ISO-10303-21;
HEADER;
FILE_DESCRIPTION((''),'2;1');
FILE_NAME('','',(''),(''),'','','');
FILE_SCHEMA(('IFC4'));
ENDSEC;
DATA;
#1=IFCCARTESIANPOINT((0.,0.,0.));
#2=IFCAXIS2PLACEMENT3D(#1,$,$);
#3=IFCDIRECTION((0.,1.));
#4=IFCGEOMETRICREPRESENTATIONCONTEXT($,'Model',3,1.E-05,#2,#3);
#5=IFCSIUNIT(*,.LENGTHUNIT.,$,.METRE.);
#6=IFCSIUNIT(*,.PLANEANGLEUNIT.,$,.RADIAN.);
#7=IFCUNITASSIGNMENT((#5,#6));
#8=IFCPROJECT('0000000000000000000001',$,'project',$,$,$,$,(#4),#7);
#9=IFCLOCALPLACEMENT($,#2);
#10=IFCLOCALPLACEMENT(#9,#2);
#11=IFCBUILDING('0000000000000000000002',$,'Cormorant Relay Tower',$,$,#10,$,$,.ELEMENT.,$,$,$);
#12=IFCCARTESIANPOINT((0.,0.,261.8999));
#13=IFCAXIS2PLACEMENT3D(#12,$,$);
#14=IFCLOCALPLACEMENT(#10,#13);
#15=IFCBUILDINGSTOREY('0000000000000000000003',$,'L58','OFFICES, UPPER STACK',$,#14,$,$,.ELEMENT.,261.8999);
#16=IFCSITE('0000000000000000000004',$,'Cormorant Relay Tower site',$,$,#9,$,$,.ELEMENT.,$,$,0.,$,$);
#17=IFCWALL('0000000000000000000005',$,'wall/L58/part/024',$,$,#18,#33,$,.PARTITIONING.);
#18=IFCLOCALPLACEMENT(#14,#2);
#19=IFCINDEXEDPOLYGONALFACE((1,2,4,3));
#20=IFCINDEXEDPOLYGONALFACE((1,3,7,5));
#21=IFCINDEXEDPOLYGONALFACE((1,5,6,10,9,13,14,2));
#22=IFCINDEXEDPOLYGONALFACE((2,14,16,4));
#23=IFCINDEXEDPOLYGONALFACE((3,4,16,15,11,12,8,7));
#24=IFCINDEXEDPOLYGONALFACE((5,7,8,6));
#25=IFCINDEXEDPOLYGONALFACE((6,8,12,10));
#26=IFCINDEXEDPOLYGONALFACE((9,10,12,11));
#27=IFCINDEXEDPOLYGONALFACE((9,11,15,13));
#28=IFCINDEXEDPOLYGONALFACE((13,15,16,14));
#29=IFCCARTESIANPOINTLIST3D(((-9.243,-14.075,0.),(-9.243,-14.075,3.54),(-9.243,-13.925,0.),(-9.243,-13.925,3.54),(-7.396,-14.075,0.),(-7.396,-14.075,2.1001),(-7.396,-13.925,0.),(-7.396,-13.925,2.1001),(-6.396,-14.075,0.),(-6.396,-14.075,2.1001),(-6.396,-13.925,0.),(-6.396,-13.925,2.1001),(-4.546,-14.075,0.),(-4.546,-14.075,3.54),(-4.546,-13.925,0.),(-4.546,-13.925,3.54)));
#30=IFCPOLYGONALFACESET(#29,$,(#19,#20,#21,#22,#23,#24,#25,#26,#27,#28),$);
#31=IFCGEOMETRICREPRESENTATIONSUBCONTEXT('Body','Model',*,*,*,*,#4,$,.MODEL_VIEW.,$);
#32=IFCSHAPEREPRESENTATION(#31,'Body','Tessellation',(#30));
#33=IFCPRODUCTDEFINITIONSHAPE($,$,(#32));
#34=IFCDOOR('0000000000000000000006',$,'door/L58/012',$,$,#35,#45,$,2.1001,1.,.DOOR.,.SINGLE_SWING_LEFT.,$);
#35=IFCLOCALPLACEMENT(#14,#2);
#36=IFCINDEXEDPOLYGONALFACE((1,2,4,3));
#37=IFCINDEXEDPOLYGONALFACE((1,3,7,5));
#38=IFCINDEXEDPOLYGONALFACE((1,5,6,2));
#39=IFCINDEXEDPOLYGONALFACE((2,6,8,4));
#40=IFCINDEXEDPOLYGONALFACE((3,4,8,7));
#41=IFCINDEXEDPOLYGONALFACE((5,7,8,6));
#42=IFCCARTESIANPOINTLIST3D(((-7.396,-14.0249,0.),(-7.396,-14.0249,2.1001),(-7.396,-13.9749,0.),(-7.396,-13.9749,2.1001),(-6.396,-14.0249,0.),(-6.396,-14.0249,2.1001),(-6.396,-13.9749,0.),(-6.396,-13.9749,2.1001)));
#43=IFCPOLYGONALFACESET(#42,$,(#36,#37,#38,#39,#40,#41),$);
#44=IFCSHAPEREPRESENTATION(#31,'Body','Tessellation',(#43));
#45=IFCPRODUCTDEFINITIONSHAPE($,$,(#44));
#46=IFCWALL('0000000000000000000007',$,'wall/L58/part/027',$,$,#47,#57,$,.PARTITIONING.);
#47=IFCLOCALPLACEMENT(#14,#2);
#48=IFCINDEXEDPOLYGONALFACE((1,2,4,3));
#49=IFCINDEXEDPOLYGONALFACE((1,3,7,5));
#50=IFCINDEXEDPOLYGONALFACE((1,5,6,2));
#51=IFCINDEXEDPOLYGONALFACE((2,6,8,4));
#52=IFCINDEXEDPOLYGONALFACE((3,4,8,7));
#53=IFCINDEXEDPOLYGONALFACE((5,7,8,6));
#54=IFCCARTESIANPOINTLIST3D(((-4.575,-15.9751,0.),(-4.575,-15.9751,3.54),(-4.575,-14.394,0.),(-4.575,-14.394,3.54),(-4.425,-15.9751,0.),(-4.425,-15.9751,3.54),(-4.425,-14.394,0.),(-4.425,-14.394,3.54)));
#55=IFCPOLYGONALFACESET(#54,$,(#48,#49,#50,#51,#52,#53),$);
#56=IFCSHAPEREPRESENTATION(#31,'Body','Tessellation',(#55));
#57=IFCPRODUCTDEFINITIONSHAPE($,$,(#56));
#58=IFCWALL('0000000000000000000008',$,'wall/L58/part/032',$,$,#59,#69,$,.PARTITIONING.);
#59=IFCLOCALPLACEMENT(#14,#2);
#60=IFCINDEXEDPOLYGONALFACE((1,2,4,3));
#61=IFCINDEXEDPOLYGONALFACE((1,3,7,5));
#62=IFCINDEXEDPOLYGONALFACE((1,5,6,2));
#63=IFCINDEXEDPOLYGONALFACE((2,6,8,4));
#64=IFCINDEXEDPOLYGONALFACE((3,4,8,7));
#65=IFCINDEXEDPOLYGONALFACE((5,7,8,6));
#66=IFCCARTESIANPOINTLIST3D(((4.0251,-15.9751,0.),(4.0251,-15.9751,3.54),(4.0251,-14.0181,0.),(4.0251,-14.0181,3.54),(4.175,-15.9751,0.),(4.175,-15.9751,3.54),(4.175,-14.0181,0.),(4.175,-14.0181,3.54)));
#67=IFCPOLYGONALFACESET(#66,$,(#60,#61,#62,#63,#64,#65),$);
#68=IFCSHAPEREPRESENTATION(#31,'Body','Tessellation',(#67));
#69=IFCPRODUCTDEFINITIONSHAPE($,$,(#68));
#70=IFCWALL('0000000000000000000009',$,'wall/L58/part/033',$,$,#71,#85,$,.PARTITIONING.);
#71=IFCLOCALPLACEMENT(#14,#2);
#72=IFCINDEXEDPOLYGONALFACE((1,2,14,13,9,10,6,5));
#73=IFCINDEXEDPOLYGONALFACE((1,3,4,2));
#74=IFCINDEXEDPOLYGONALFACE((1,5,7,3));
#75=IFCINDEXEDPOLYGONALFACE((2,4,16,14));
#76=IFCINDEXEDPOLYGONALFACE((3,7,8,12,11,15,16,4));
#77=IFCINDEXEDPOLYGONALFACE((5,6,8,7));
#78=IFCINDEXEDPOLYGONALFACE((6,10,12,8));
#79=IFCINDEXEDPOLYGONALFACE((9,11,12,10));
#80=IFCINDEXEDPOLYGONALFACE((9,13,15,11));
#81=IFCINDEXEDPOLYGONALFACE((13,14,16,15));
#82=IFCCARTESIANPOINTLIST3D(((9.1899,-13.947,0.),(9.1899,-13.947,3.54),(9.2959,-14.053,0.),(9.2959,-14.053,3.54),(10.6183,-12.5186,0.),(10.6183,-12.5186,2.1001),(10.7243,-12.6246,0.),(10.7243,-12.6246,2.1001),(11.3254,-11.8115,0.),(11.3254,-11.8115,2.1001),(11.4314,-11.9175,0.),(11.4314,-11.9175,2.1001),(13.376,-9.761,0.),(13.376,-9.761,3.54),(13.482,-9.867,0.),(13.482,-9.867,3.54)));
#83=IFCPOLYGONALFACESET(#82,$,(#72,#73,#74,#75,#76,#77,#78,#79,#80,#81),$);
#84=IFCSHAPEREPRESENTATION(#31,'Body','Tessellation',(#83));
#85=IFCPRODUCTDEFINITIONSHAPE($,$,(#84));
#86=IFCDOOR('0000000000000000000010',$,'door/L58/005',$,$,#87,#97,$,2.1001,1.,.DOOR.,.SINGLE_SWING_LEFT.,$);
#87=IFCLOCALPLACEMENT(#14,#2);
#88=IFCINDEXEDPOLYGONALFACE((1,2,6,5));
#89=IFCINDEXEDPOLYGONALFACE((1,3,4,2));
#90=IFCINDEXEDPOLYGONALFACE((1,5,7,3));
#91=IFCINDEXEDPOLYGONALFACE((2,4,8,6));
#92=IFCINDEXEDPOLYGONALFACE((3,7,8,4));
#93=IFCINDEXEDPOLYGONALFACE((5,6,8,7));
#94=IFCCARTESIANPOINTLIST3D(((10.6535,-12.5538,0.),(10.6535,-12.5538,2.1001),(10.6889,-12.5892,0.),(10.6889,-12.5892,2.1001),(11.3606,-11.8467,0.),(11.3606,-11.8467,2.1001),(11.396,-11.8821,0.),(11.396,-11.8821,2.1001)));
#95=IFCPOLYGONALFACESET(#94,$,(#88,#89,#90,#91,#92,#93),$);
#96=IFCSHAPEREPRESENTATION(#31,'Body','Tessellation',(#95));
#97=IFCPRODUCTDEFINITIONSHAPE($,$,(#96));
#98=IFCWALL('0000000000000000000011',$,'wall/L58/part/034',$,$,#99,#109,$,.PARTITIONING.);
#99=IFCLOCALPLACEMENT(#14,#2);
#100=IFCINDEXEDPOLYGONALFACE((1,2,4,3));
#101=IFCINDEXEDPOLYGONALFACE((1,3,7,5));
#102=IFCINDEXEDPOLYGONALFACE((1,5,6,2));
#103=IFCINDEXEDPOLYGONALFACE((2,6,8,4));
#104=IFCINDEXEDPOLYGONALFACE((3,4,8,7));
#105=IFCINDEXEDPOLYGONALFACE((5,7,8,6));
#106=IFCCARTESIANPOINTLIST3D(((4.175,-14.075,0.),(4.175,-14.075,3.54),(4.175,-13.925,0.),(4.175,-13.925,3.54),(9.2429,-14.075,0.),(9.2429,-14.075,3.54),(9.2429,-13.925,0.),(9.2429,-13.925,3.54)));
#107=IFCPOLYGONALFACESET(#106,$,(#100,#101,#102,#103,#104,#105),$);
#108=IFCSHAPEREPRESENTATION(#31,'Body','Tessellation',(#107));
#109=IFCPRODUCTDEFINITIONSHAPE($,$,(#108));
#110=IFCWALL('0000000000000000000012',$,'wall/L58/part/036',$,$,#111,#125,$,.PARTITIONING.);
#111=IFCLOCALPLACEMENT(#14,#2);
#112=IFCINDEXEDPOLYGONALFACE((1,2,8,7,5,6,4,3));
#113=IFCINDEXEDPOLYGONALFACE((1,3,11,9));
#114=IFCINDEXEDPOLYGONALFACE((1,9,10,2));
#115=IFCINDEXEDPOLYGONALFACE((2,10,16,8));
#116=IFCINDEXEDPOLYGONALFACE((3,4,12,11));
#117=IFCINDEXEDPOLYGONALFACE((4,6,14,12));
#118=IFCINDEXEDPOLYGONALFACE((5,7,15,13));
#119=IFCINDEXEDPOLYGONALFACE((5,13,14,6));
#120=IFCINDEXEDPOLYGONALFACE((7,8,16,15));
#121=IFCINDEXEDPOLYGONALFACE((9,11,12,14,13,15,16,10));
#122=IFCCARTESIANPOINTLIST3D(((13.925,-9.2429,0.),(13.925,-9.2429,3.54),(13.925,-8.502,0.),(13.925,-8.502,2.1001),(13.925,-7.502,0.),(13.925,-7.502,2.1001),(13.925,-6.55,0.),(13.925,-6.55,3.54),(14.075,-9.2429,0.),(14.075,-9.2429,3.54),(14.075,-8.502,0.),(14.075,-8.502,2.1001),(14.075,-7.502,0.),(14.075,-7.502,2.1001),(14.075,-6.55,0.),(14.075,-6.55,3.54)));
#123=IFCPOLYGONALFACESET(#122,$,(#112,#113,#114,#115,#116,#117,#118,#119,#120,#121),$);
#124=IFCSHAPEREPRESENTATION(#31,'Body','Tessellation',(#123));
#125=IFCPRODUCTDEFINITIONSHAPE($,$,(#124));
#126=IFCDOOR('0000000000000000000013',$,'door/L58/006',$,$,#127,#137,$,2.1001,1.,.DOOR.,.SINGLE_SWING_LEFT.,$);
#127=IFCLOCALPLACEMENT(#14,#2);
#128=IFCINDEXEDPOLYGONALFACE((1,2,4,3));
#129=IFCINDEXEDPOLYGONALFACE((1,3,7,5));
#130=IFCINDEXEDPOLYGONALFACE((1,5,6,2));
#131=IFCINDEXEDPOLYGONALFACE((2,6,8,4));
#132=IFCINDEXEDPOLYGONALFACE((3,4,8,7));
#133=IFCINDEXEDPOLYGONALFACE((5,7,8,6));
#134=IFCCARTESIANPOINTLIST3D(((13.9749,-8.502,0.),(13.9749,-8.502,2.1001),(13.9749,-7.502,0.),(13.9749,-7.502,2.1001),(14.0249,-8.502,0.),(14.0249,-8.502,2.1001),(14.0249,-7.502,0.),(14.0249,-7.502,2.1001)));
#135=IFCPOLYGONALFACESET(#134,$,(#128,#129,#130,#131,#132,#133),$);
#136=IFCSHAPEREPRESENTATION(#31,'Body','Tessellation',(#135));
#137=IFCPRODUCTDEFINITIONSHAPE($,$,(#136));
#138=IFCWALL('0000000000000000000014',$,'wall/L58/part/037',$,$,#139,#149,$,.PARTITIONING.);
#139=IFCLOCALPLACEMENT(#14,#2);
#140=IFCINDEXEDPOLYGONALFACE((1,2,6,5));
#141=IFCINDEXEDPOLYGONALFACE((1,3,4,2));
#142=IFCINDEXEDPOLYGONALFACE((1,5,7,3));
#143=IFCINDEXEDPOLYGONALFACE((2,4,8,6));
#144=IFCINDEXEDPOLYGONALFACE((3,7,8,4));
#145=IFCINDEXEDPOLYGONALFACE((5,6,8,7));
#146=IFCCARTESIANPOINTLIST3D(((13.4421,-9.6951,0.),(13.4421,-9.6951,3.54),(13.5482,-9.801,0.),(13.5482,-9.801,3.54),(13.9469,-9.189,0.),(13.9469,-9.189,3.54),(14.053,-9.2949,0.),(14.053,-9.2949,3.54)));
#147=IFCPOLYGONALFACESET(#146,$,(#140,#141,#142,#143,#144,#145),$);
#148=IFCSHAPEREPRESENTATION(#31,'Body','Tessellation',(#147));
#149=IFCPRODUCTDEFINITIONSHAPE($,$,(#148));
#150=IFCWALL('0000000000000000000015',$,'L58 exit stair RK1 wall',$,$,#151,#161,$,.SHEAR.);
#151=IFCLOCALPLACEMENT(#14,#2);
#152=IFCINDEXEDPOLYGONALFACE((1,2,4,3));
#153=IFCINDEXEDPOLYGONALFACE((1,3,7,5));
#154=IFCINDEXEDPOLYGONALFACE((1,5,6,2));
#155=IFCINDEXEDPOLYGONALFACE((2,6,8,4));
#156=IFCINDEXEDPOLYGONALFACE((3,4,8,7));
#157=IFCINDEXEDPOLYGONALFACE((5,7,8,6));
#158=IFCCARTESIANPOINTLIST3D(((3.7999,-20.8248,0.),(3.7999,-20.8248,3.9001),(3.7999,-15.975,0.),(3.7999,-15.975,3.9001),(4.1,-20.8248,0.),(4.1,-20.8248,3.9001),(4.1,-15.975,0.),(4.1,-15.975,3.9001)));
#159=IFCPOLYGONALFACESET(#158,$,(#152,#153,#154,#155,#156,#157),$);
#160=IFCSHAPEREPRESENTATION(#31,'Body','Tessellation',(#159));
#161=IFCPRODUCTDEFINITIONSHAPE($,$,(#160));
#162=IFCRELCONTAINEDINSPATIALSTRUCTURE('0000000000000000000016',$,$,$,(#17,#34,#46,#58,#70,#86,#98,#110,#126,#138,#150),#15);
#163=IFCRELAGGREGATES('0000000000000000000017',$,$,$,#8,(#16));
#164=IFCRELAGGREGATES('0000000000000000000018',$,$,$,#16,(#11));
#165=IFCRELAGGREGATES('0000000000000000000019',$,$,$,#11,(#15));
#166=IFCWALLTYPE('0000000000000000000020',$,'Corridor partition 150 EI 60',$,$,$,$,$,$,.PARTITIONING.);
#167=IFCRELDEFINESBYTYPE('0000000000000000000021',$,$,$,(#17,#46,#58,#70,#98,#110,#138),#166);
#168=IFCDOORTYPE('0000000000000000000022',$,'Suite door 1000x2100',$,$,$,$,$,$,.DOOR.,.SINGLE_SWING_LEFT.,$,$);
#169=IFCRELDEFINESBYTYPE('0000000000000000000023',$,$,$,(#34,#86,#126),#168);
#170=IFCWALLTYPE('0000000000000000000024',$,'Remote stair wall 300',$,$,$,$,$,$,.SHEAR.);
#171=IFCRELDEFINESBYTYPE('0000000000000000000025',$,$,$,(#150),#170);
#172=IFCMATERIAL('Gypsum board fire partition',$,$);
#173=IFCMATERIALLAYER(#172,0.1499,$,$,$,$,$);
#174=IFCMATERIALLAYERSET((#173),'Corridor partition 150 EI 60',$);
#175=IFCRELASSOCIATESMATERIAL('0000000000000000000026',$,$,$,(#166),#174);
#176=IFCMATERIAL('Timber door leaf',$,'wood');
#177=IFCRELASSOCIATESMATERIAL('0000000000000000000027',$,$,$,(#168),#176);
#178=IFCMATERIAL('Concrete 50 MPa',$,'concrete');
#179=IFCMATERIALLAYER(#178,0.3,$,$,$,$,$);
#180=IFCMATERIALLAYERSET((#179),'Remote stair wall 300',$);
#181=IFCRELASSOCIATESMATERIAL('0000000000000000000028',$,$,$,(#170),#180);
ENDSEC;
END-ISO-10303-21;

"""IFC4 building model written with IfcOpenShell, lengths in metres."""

from ifc_helpers import new_model, si_unit, direction, frame, frame_2d, origin, place, context, subcontext, project, spatial, rectangle, extrude, material, layer, layer_set, type_object, element, fill, save


model = new_model("IFC4")

# Units and contexts
model_context = context("Model", 3, precision=1e-05, world=origin(), true_north=direction((0.0, 1.0)))
body_context = subcontext(model_context, "Body", "Model", "MODEL_VIEW")
ifc_project = project(units=[si_unit("LENGTHUNIT", "METRE"), si_unit("PLANEANGLEUNIT", "RADIAN")], contexts=[model_context])

# Site, building, storey
site_placement = place(None, origin())
site = spatial("IfcSite", under=ifc_project, at=site_placement, Name="Cormorant Relay Tower site", CompositionType="ELEMENT", RefElevation=0.0)
building_placement = place(site_placement, origin())
building = spatial("IfcBuilding", under=site, at=building_placement, Name="Cormorant Relay Tower", CompositionType="ELEMENT")
storey_placement = place(building_placement, frame((0.0, 0.0, 261.8999)))
storey = spatial("IfcBuildingStorey", under=building, at=storey_placement, Name="L58", Description="OFFICES, UPPER STACK", CompositionType="ELEMENT", Elevation=261.8999)

# Wall, opening, door
ifc_material_1 = material(Name="Gypsum board fire partition")
ifc_layer_1 = layer(ifc_material_1, 0.1499)
ifc_layer_set_1 = layer_set([ifc_layer_1], Name="Corridor partition 150 EI 60")
wall_type_1 = type_object("IfcWallType", Name="Corridor partition 150 EI 60", PredefinedType="PARTITIONING", material=ifc_layer_set_1)
wall_1_placement = place(storey_placement, frame((-4.5459, -14.0, 0.0), z_axis=(0.0, 0.0, 1.0), x_axis=(-1.0, 0.0, 0.0)))
wall_1 = element("IfcWall", 1, at=wall_1_placement, inside=storey, type_object=wall_type_1, Name="wall/L58/part/024", PredefinedType="PARTITIONING", context=body_context, shape_type="SweptSolid", body=[
    extrude(rectangle(XDim=4.697, YDim=0.1499, at=frame_2d((2.3486, 0.0))), origin(), (0.0, 0.0, 1.0), 3.54),
])
opening_1_placement = place(wall_1_placement, frame((1.8501, 0.0, 0.0)))
opening_1 = element("IfcOpeningElement", 2, at=opening_1_placement, cuts=wall_1, PredefinedType="OPENING", context=body_context, shape_type="SweptSolid", body=[
    extrude(rectangle(XDim=1.0, YDim=2.1001, at=frame_2d((0.5, 1.05))), frame((0.0, 0.085, 0.0), z_axis=(0.0, -1.0, 0.0), x_axis=(1.0, 0.0, 0.0)), (0.0, 0.0, 1.0), 0.1699),
])
ifc_material_2 = material(Name="Timber door leaf", Category="wood")
door_type_1 = type_object("IfcDoorType", Name="Suite door 1000x2100", OperationType="SINGLE_SWING_LEFT", PredefinedType="DOOR", material=ifc_material_2)
door_1_placement = place(opening_1_placement, origin())
door_1 = element("IfcDoor", 3, at=door_1_placement, inside=storey, type_object=door_type_1, Name="door/L58/012", OperationType="SINGLE_SWING_LEFT", OverallHeight=2.1001, OverallWidth=1.0, PredefinedType="DOOR", context=body_context, shape_type="SweptSolid", body=[
    extrude(rectangle(XDim=1.0, YDim=2.1001, at=frame_2d((0.5, 1.05))), frame((0.0, 0.0249, 0.0), z_axis=(0.0, -1.0, 0.0), x_axis=(1.0, 0.0, 0.0)), (0.0, 0.0, 1.0), 0.05),
])
fill(opening_1, door_1)

# Walls
wall_2_placement = place(storey_placement, frame((-4.5, -15.9751, 0.0), z_axis=(0.0, 0.0, 1.0), x_axis=(0.0, 1.0, 0.0)))
element("IfcWall", 4, at=wall_2_placement, inside=storey, type_object=wall_type_1, Name="wall/L58/part/027", PredefinedType="PARTITIONING", context=body_context, shape_type="SweptSolid", body=[
    extrude(rectangle(XDim=1.5811, YDim=0.1499, at=frame_2d((0.7905, 0.0))), origin(), (0.0, 0.0, 1.0), 3.54),
])
wall_3_placement = place(storey_placement, frame((4.1001, -15.9751, 0.0), z_axis=(0.0, 0.0, 1.0), x_axis=(0.0, 1.0, 0.0)))
element("IfcWall", 5, at=wall_3_placement, inside=storey, type_object=wall_type_1, Name="wall/L58/part/032", PredefinedType="PARTITIONING", context=body_context, shape_type="SweptSolid", body=[
    extrude(rectangle(XDim=1.957, YDim=0.1499, at=frame_2d((0.9785, 0.0))), origin(), (0.0, 0.0, 1.0), 3.54),
])

# Wall, opening, door
wall_4_placement = place(storey_placement, frame((13.429, -9.814, 0.0), z_axis=(0.0, 0.0, 1.0), x_axis=(-0.707107, -0.707107, 0.0)))
wall_4 = element("IfcWall", 6, at=wall_4_placement, inside=storey, type_object=wall_type_1, Name="wall/L58/part/033", PredefinedType="PARTITIONING", context=body_context, shape_type="SweptSolid", body=[
    extrude(rectangle(XDim=5.9199, YDim=0.1499, at=frame_2d((2.96, 0.0))), origin(), (0.0, 0.0, 1.0), 3.54),
])
opening_2_placement = place(wall_4_placement, frame((2.8999, 0.0, 0.0)))
opening_2 = element("IfcOpeningElement", 7, at=opening_2_placement, cuts=wall_4, PredefinedType="OPENING", context=body_context, shape_type="SweptSolid", body=[
    extrude(rectangle(XDim=1.0, YDim=2.1001, at=frame_2d((0.5, 1.05))), frame((0.0, 0.085, 0.0), z_axis=(0.0, -1.0, 0.0), x_axis=(1.0, 0.0, 0.0)), (0.0, 0.0, 1.0), 0.1699),
])
door_2_placement = place(opening_2_placement, origin())
door_2 = element("IfcDoor", 8, at=door_2_placement, inside=storey, type_object=door_type_1, Name="door/L58/005", OperationType="SINGLE_SWING_LEFT", OverallHeight=2.1001, OverallWidth=1.0, PredefinedType="DOOR", context=body_context, shape_type="SweptSolid", body=[
    extrude(rectangle(XDim=1.0, YDim=2.1001, at=frame_2d((0.5, 1.05))), frame((0.0, 0.0249, 0.0), z_axis=(0.0, -1.0, 0.0), x_axis=(1.0, 0.0, 0.0)), (0.0, 0.0, 1.0), 0.05),
])
fill(opening_2, door_2)

# Wall
wall_5_placement = place(storey_placement, frame((9.2429, -14.0, 0.0), z_axis=(0.0, 0.0, 1.0), x_axis=(-1.0, 0.0, 0.0)))
element("IfcWall", 9, at=wall_5_placement, inside=storey, type_object=wall_type_1, Name="wall/L58/part/034", PredefinedType="PARTITIONING", context=body_context, shape_type="SweptSolid", body=[
    extrude(rectangle(XDim=5.0679, YDim=0.1499, at=frame_2d((2.5339, 0.0))), origin(), (0.0, 0.0, 1.0), 3.54),
])

# Wall, opening, door
wall_6_placement = place(storey_placement, frame((14.0, -6.55, 0.0), z_axis=(0.0, 0.0, 1.0), x_axis=(0.0, -1.0, 0.0)))
wall_6 = element("IfcWall", 10, at=wall_6_placement, inside=storey, type_object=wall_type_1, Name="wall/L58/part/036", PredefinedType="PARTITIONING", context=body_context, shape_type="SweptSolid", body=[
    extrude(rectangle(XDim=2.6929, YDim=0.1499, at=frame_2d((1.3464, 0.0))), origin(), (0.0, 0.0, 1.0), 3.54),
])
opening_3_placement = place(wall_6_placement, frame((0.9519, 0.0, 0.0)))
opening_3 = element("IfcOpeningElement", 11, at=opening_3_placement, cuts=wall_6, PredefinedType="OPENING", context=body_context, shape_type="SweptSolid", body=[
    extrude(rectangle(XDim=1.0, YDim=2.1001, at=frame_2d((0.5, 1.05))), frame((0.0, 0.085, 0.0), z_axis=(0.0, -1.0, 0.0), x_axis=(1.0, 0.0, 0.0)), (0.0, 0.0, 1.0), 0.1699),
])
door_3_placement = place(opening_3_placement, origin())
door_3 = element("IfcDoor", 12, at=door_3_placement, inside=storey, type_object=door_type_1, Name="door/L58/006", OperationType="SINGLE_SWING_LEFT", OverallHeight=2.1001, OverallWidth=1.0, PredefinedType="DOOR", context=body_context, shape_type="SweptSolid", body=[
    extrude(rectangle(XDim=1.0, YDim=2.1001, at=frame_2d((0.5, 1.05))), frame((0.0, 0.0249, 0.0), z_axis=(0.0, -1.0, 0.0), x_axis=(1.0, 0.0, 0.0)), (0.0, 0.0, 1.0), 0.05),
])
fill(opening_3, door_3)

# Walls
wall_7_placement = place(storey_placement, frame((13.4951, -9.748, 0.0), z_axis=(0.0, 0.0, 1.0), x_axis=(0.706252, 0.70796, 0.0)))
element("IfcWall", 13, at=wall_7_placement, inside=storey, type_object=wall_type_1, Name="wall/L58/part/037", PredefinedType="PARTITIONING", context=body_context, shape_type="SweptSolid", body=[
    extrude(rectangle(XDim=0.7148, YDim=0.1499, at=frame_2d((0.3574, 0.0))), origin(), (0.0, 0.0, 1.0), 3.54),
])
ifc_material_3 = material(Name="Concrete 50 MPa", Category="concrete")
ifc_layer_2 = layer(ifc_material_3, 0.3)
ifc_layer_set_2 = layer_set([ifc_layer_2], Name="Remote stair wall 300")
wall_type_2 = type_object("IfcWallType", Name="Remote stair wall 300", PredefinedType="SHEAR", material=ifc_layer_set_2)
wall_8_placement = place(storey_placement, frame((3.95, -15.9751, 0.0), z_axis=(0.0, 0.0, 1.0), x_axis=(0.0, -1.0, 0.0)))
element("IfcWall", 14, at=wall_8_placement, inside=storey, type_object=wall_type_2, Name="L58 exit stair RK1 wall", PredefinedType="SHEAR", context=body_context, shape_type="SweptSolid", body=[
    extrude(rectangle(XDim=4.8499, YDim=0.3, at=frame_2d((2.4248, 0.0))), origin(), (0.0, 0.0, 1.0), 3.9001),
])

save(model, "model.ifc")
